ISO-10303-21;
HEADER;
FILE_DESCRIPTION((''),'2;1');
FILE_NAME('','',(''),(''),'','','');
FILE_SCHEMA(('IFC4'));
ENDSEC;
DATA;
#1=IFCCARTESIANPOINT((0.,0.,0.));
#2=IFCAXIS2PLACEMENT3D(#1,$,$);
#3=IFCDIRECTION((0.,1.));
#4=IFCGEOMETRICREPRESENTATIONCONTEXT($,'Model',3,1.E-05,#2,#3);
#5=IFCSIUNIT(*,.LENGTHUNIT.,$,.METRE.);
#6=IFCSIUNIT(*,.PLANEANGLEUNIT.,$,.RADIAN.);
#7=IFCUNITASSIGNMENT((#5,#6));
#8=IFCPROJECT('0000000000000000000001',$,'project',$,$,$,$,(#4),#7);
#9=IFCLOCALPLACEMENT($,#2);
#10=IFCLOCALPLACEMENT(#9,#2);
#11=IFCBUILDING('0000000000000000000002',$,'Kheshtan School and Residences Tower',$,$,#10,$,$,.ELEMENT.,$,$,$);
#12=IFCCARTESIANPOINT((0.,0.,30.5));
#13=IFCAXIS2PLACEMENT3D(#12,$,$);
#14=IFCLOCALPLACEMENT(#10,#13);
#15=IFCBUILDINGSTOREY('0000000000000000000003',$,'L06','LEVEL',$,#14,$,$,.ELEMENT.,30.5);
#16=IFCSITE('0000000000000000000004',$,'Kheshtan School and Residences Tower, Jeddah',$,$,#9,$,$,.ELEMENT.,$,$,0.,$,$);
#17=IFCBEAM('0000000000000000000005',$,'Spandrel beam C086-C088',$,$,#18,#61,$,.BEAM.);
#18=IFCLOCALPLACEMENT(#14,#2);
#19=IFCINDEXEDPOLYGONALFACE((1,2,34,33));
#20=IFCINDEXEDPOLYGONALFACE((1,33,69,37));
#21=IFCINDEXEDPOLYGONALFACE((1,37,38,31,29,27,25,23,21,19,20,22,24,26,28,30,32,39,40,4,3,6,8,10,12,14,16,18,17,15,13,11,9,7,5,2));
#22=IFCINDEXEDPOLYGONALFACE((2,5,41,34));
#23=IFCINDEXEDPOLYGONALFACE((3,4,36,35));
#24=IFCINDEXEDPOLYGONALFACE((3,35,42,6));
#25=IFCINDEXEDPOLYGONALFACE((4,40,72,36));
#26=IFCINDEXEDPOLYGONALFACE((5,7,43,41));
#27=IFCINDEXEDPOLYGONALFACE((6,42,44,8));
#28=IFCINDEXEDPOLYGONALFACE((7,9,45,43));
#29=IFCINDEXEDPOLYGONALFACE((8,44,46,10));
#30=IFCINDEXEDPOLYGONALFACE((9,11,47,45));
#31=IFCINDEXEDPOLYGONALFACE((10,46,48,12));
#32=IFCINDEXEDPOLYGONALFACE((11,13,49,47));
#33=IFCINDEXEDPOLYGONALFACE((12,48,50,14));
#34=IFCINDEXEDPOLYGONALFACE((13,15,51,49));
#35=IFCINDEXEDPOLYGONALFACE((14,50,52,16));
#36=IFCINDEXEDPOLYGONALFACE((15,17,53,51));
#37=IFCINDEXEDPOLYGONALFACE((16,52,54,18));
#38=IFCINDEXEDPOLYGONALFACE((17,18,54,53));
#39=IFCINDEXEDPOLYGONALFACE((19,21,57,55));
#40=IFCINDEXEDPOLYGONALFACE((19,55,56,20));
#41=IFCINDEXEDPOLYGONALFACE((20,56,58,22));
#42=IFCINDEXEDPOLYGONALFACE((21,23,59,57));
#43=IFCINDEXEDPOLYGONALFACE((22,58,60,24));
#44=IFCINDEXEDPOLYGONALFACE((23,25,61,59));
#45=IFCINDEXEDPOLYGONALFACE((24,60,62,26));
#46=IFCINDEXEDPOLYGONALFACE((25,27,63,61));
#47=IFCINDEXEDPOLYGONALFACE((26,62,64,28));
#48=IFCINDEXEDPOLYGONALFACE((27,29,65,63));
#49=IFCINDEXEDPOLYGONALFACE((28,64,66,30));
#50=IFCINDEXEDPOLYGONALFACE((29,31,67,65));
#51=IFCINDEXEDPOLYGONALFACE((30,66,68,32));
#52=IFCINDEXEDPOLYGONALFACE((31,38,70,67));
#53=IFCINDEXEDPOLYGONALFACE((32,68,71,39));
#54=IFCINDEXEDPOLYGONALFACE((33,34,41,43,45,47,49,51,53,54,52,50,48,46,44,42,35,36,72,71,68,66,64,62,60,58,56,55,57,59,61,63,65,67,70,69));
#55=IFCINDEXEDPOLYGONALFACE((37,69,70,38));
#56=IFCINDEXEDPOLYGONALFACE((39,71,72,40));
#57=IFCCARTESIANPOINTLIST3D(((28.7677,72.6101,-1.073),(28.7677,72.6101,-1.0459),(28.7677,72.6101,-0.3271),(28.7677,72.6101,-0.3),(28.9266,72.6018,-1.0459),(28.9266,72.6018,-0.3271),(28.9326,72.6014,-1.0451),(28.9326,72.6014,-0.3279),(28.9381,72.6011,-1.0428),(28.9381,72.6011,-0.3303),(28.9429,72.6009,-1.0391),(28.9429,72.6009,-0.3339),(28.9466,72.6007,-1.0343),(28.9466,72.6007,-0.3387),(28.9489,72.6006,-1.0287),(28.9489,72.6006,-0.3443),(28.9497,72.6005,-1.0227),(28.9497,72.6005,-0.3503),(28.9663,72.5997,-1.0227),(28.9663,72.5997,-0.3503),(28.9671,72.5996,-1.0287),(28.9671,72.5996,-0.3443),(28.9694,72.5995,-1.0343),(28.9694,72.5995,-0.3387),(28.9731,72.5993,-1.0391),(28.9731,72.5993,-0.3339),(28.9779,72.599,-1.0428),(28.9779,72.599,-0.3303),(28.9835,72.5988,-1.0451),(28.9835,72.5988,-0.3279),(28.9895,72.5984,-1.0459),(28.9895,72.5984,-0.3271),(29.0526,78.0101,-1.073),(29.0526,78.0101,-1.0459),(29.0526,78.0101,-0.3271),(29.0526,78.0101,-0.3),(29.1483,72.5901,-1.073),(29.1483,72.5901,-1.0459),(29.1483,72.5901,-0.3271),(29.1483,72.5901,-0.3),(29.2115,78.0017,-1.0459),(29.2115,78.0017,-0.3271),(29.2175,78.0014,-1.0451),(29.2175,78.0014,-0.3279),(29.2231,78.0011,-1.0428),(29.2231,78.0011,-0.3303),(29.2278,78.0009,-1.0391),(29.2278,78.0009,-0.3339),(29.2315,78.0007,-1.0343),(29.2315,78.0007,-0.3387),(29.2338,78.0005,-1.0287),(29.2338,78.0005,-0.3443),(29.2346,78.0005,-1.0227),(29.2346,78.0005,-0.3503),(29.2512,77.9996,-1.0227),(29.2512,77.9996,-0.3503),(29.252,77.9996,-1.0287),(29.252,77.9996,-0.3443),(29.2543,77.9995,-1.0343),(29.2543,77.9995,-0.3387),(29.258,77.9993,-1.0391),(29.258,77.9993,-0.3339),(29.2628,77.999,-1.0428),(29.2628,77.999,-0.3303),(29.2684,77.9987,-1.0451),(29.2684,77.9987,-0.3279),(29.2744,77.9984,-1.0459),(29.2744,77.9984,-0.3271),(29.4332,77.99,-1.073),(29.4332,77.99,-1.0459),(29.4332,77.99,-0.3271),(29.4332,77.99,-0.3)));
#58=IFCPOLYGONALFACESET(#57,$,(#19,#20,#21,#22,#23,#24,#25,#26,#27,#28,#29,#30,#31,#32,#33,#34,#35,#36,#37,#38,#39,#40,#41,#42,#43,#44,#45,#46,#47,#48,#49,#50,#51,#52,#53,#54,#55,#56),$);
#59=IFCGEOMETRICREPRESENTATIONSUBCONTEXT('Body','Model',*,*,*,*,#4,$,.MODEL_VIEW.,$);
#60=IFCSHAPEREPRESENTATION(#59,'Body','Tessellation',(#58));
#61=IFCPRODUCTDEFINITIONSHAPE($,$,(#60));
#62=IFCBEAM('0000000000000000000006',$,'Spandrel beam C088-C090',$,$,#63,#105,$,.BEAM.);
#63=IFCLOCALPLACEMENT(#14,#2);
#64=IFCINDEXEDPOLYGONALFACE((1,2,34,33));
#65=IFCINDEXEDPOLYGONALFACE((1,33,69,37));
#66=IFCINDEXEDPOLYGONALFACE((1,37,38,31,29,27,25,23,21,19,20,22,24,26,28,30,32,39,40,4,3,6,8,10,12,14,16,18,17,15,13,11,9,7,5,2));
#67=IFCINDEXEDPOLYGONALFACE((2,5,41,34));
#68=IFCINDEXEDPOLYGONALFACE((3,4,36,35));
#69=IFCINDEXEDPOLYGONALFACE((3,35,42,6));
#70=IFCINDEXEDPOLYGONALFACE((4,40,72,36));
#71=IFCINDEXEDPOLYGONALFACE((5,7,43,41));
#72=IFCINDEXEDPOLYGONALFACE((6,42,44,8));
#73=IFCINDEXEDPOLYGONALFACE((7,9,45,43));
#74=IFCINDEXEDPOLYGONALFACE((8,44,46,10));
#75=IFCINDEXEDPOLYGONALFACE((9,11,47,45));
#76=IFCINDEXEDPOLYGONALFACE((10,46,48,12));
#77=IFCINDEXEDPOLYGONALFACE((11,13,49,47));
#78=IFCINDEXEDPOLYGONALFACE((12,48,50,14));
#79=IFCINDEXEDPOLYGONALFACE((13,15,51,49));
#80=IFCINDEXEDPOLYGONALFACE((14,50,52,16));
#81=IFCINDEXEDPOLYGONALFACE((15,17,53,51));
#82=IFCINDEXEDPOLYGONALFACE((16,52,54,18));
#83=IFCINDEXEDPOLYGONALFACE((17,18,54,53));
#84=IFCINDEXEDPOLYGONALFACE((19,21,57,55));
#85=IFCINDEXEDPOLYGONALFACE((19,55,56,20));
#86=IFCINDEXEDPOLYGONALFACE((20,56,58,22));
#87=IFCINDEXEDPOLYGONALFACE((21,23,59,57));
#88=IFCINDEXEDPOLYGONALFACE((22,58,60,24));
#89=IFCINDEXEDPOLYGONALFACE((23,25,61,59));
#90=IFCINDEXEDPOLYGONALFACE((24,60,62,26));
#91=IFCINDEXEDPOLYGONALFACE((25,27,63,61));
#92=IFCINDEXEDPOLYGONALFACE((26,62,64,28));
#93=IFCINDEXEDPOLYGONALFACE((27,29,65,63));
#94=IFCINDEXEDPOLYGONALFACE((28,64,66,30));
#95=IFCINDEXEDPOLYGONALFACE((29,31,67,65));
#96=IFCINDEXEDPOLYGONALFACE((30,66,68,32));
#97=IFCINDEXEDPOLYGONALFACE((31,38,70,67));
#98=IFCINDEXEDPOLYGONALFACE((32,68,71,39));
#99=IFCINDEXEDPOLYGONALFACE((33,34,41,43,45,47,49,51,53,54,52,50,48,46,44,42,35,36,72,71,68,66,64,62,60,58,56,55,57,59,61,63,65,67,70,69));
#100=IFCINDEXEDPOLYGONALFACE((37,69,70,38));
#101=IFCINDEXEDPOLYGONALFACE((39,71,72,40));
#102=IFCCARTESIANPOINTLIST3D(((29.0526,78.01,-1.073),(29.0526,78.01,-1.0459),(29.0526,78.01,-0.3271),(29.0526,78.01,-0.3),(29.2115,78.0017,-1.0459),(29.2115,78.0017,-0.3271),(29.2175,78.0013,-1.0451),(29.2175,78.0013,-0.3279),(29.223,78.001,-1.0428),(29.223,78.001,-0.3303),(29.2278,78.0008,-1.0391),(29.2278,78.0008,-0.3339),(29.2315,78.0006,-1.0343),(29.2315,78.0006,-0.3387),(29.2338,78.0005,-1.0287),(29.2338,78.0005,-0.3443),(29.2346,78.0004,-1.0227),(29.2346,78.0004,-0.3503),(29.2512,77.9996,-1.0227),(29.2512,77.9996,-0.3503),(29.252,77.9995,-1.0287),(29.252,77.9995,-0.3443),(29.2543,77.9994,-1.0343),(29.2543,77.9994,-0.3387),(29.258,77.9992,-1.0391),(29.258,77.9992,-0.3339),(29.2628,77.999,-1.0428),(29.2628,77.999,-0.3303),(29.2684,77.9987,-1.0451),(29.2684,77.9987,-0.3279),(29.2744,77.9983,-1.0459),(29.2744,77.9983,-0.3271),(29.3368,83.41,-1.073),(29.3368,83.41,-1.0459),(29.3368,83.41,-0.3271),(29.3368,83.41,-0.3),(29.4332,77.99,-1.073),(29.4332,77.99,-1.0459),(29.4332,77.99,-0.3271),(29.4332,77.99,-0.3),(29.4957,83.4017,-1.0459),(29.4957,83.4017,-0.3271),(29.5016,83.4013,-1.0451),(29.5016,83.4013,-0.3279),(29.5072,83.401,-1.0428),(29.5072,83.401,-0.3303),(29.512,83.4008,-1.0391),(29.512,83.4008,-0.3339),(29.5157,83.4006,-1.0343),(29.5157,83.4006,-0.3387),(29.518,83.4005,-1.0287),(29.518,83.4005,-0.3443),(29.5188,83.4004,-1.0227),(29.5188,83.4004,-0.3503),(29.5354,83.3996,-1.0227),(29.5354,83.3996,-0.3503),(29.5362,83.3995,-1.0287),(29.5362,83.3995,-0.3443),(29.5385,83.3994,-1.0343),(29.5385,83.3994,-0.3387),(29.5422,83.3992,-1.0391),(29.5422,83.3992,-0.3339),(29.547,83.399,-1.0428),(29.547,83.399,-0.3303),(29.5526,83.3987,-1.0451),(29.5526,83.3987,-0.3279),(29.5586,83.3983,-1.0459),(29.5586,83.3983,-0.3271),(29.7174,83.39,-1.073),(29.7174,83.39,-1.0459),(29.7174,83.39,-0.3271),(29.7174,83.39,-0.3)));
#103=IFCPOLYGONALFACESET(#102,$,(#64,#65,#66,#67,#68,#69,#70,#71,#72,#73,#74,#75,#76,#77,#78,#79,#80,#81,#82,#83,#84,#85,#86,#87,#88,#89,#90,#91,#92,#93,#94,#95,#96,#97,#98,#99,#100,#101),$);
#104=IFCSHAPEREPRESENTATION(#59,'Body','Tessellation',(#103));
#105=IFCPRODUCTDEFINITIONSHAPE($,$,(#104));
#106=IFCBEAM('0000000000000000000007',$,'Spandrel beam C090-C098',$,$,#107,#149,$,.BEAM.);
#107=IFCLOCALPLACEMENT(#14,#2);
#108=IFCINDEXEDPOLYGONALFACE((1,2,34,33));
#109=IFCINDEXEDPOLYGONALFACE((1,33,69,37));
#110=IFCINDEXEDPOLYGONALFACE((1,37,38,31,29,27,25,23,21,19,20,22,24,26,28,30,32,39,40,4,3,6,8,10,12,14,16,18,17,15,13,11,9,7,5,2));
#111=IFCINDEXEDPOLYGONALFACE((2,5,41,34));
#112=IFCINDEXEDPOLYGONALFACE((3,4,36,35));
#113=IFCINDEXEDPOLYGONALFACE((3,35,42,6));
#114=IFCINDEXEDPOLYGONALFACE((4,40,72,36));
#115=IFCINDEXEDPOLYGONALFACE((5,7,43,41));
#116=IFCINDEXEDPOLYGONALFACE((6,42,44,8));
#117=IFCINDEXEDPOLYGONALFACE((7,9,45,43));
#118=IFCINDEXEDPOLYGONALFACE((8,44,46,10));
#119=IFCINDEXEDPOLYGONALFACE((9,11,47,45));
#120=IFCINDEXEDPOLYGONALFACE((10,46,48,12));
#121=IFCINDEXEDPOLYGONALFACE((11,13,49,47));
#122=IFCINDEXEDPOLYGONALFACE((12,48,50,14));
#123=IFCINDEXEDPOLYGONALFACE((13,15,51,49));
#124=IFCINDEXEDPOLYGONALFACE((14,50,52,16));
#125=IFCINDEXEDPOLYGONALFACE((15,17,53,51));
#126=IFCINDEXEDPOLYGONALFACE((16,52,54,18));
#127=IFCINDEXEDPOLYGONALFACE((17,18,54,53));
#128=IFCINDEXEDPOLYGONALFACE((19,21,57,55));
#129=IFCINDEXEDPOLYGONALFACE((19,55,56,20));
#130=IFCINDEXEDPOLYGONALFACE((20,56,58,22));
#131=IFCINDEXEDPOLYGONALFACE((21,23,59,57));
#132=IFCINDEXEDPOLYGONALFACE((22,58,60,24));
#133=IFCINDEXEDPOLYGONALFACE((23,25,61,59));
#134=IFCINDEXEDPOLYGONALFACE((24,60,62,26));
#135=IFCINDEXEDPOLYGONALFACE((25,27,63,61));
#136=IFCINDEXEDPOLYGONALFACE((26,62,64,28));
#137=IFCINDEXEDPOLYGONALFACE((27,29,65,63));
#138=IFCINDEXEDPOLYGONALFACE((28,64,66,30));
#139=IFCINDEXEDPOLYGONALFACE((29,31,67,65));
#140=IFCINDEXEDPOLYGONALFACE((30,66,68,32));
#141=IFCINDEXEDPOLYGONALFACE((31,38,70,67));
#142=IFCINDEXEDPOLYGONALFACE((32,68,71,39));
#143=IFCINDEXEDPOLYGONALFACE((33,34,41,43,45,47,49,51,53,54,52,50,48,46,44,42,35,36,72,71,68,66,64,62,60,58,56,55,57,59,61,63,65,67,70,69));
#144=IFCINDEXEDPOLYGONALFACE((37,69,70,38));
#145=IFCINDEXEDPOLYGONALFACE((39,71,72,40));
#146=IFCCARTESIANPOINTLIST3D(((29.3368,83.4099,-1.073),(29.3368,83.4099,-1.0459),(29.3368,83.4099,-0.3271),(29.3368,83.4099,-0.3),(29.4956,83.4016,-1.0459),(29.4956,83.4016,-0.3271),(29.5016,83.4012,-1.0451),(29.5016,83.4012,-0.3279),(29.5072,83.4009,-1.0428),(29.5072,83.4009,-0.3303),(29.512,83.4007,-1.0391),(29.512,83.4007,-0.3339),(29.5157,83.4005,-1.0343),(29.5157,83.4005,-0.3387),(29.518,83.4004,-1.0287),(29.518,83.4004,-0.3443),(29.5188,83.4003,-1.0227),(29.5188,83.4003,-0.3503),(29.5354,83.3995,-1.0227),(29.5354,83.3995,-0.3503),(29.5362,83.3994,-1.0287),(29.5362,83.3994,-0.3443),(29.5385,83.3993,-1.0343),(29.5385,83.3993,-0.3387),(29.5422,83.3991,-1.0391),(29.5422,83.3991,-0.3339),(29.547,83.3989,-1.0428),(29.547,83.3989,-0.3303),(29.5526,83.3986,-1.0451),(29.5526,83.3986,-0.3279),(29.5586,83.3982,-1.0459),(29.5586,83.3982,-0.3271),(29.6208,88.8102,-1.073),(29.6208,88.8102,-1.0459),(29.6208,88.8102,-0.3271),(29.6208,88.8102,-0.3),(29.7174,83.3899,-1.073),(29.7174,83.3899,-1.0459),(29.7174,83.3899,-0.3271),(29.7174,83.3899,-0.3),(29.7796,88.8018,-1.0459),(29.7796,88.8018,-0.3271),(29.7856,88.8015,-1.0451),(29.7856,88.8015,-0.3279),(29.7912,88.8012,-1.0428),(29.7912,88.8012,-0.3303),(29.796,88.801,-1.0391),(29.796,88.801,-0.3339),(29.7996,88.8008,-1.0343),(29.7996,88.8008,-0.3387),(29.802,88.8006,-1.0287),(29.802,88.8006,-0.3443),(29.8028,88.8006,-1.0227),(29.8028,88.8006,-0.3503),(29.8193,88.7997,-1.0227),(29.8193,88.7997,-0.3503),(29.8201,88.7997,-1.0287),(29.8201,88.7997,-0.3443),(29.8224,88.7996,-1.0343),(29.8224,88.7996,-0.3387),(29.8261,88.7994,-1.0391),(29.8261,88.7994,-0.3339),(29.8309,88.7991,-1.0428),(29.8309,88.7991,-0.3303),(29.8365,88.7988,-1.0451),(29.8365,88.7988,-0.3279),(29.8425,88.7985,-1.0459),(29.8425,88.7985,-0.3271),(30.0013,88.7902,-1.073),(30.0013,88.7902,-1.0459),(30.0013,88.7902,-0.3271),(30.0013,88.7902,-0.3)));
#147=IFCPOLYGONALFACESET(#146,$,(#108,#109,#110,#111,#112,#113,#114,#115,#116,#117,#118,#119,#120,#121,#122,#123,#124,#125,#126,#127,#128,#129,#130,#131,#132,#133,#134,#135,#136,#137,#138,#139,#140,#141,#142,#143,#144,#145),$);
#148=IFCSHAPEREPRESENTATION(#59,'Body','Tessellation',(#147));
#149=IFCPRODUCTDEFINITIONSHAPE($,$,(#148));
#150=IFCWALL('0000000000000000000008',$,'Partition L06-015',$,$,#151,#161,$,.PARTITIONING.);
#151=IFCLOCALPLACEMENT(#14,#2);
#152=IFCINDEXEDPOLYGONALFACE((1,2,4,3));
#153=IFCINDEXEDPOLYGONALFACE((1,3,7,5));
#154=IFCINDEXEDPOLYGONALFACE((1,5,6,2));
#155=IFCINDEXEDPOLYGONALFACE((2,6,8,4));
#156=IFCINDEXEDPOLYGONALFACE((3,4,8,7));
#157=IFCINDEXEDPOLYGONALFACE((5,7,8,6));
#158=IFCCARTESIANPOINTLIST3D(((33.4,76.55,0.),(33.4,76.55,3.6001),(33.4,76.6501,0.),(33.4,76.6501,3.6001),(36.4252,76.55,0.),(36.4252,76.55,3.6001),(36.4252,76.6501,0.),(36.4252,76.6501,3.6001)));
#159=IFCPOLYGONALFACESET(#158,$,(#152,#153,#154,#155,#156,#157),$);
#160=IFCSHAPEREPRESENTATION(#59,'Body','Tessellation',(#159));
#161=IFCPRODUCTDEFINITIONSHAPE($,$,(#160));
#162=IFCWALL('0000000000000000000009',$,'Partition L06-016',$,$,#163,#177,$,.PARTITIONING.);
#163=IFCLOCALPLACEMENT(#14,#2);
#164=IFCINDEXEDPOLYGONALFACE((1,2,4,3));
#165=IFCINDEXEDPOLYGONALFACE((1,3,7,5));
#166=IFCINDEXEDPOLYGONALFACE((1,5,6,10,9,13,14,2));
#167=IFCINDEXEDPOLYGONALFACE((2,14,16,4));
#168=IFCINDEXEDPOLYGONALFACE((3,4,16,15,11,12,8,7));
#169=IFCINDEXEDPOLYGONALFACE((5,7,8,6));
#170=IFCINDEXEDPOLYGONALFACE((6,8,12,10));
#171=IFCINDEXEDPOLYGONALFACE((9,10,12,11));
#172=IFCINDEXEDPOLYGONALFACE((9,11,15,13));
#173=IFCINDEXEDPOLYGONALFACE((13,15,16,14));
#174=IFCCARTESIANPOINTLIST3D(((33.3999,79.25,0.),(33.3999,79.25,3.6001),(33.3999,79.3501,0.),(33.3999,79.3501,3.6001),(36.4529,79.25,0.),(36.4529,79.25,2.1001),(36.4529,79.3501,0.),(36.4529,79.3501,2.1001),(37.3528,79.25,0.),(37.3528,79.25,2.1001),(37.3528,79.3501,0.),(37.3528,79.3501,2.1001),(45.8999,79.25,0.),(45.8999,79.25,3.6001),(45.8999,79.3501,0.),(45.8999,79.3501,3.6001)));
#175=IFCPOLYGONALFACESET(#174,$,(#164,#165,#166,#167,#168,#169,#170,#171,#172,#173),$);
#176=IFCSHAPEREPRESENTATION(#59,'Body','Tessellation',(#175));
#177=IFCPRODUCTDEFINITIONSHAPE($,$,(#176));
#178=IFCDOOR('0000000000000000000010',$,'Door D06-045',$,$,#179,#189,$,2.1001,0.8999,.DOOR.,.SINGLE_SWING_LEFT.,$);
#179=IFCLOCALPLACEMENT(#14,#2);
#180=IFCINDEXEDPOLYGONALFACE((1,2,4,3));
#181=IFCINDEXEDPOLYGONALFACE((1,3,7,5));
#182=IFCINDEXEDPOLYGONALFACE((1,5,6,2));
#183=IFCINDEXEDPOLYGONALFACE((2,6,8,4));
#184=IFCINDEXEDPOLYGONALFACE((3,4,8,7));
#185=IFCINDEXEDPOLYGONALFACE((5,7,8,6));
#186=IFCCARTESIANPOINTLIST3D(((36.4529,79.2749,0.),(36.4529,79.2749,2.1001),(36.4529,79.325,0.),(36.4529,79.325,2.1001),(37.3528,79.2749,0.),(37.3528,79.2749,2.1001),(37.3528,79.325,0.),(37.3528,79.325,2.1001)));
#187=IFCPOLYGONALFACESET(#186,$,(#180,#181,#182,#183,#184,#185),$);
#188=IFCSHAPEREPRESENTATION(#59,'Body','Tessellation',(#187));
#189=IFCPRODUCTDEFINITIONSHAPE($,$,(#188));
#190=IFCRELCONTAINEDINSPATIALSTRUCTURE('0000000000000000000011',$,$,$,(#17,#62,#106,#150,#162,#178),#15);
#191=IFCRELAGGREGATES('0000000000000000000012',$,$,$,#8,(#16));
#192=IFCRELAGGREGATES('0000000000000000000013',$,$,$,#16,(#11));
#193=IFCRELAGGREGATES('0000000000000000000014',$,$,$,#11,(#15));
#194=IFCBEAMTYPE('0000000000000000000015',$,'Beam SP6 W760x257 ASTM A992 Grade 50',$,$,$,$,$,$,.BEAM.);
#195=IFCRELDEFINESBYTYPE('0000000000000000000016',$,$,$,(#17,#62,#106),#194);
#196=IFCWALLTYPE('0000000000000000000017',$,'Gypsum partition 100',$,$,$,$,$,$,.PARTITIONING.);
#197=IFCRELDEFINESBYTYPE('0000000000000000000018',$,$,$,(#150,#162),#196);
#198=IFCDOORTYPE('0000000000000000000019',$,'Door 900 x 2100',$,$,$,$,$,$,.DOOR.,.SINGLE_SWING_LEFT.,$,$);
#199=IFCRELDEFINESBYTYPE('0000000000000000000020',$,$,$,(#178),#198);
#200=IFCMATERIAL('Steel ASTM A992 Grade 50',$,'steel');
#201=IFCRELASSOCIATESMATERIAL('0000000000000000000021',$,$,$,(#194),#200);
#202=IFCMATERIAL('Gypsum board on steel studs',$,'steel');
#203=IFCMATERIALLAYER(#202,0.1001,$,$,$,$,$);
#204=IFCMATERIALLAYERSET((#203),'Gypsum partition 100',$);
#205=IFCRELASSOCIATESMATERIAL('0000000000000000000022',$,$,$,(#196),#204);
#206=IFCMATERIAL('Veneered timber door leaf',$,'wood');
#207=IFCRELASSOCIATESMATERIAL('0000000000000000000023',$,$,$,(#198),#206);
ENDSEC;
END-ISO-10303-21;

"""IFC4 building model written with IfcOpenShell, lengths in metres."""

from ifc_helpers import new_model, si_unit, direction, frame, frame_2d, origin, origin_2d, place, context, subcontext, project, spatial, rectangle, i_section, extrude, source, transform, mapped, material, layer, layer_set, material_profile, profile_set, type_object, element, fill, save


model = new_model("IFC4")

# Units and contexts
model_context = context("Model", 3, precision=1e-05, world=origin(), true_north=direction((0.0, 1.0)))
body_context = subcontext(model_context, "Body", "Model", "MODEL_VIEW")
ifc_project = project(units=[si_unit("LENGTHUNIT", "METRE"), si_unit("PLANEANGLEUNIT", "RADIAN")], contexts=[model_context])

# Site, building, storey
site_placement = place(None, origin())
site = spatial("IfcSite", under=ifc_project, at=site_placement, Name="Kheshtan School and Residences Tower, Jeddah", CompositionType="ELEMENT", RefElevation=0.0)
building_placement = place(site_placement, origin())
building = spatial("IfcBuilding", under=site, at=building_placement, Name="Kheshtan School and Residences Tower", CompositionType="ELEMENT")
storey_placement = place(building_placement, frame((0.0, 0.0, 30.5)))
storey = spatial("IfcBuildingStorey", under=building, at=storey_placement, Name="L06", Description="LEVEL", CompositionType="ELEMENT", Elevation=30.5)

# Shared definitions
ifc_material_1 = material(Name="Steel ASTM A992 Grade 50", Category="steel")

# Beams
ifc_material_profile_1 = material_profile(ifc_material_1, i_section(OverallWidth=0.3811, OverallDepth=0.7729, WebThickness=0.0166, FlangeThickness=0.0271, FilletRadius=0.0232, at=origin_2d()), Name="W760x257")
ifc_profile_set_1 = profile_set([ifc_material_profile_1], Name="Steel ASTM A992 Grade 50")
beam_type_1 = type_object("IfcBeamType", Name="Beam SP6 W760x257 ASTM A992 Grade 50", PredefinedType="BEAM", material=ifc_profile_set_1)
for number, where, z_axis, x_axis, name in (
    (1, (28.958, 72.6001, -0.6865), (0.052689, 0.998611, 0.0), (-0.998611, 0.052689, 0.0), "Spandrel beam C086-C088"),
    (2, (29.2429, 78.0, -0.6865), (0.052554, 0.998618, 0.0), (-0.998618, 0.052554, 0.0), "Spandrel beam C088-C090"),
):
    element("IfcBeam", number, at=place(storey_placement, frame(where, z_axis=z_axis, x_axis=x_axis)), inside=storey, type_object=beam_type_1, Name=name, PredefinedType="BEAM", context=body_context, shape_type="SweptSolid", body=[
        extrude(i_section(OverallWidth=0.3811, OverallDepth=0.7729, WebThickness=0.0166, FlangeThickness=0.0271, FilletRadius=0.0232, at=origin_2d()), origin(), (0.0, 0.0, 1.0), 5.4075),
    ])
beam_1_placement = place(storey_placement, frame((29.5271, 83.3999, -0.6865), z_axis=(0.052507, 0.998621, 0.0), x_axis=(-0.998621, 0.052507, 0.0)))
element("IfcBeam", 3, at=beam_1_placement, inside=storey, type_object=beam_type_1, Name="Spandrel beam C090-C098", PredefinedType="BEAM", context=body_context, shape_type="SweptSolid", body=[
    extrude(i_section(OverallWidth=0.3811, OverallDepth=0.7729, WebThickness=0.0166, FlangeThickness=0.0271, FilletRadius=0.0232, at=origin_2d()), origin(), (0.0, 0.0, 1.0), 5.4077),
])

# Wall
ifc_material_2 = material(Name="Gypsum board on steel studs", Category="steel")
ifc_layer_1 = layer(ifc_material_2, 0.1001)
ifc_layer_set_1 = layer_set([ifc_layer_1], Name="Gypsum partition 100")
wall_type_1 = type_object("IfcWallType", Name="Gypsum partition 100", PredefinedType="PARTITIONING", material=ifc_layer_set_1)
wall_1_placement = place(storey_placement, frame((33.3999, 76.6001, 0.0), z_axis=(0.0, 0.0, 1.0), x_axis=(1.0, 0.0, 0.0)))
element("IfcWall", 4, at=wall_1_placement, inside=storey, type_object=wall_type_1, Name="Partition L06-015", PredefinedType="PARTITIONING", context=body_context, shape_type="SweptSolid", body=[
    extrude(rectangle(XDim=3.0251, YDim=0.1001, at=frame_2d((1.5127, 0.0))), origin(), (0.0, 0.0, 1.0), 3.6001),
])

# Wall, opening, door
wall_2_placement = place(storey_placement, frame((33.3999, 79.3, 0.0), z_axis=(0.0, 0.0, 1.0), x_axis=(1.0, 0.0, 0.0)))
wall_2 = element("IfcWall", 5, at=wall_2_placement, inside=storey, type_object=wall_type_1, Name="Partition L06-016", PredefinedType="PARTITIONING", context=body_context, shape_type="SweptSolid", body=[
    extrude(rectangle(XDim=12.5, YDim=0.1001, at=frame_2d((6.25, 0.0))), origin(), (0.0, 0.0, 1.0), 3.6001),
])
opening_1_placement = place(wall_2_placement, frame((3.053, 0.0, 0.0)))
opening_1 = element("IfcOpeningElement", 6, at=opening_1_placement, cuts=wall_2, PredefinedType="OPENING", context=body_context, shape_type="SweptSolid", body=[
    extrude(rectangle(XDim=0.8999, YDim=2.1001, at=frame_2d((0.45, 1.05))), frame((0.0, 0.0601, 0.0), z_axis=(0.0, -1.0, 0.0), x_axis=(1.0, 0.0, 0.0)), (0.0, 0.0, 1.0), 0.1201),
])
ifc_material_3 = material(Name="Veneered timber door leaf", Category="wood")
door_type_1 = type_object("IfcDoorType", Name="Door 900 x 2100", OperationType="SINGLE_SWING_LEFT", PredefinedType="DOOR", material=ifc_material_3)
shared_shape_1 = source(origin(), body_context, "Body", "SweptSolid", [
    extrude(rectangle(XDim=0.8999, YDim=2.1001, at=frame_2d((0.45, 1.05))), frame((0.0, 0.0249, 0.0), z_axis=(0.0, -1.0, 0.0), x_axis=(1.0, 0.0, 0.0)), (0.0, 0.0, 1.0), 0.05),
])
door_1_placement = place(opening_1_placement, origin())
door_1 = element("IfcDoor", 7, at=door_1_placement, inside=storey, type_object=door_type_1, Name="Door D06-045", OperationType="SINGLE_SWING_LEFT", OverallHeight=2.1001, OverallWidth=0.8999, PredefinedType="DOOR", context=body_context, shape_type="MappedRepresentation", body=[
    mapped(shared_shape_1, transform((0.0, 0.0, 0.0), x_axis=(1.0, 0.0, 0.0), y_axis=(0.0, 1.0, 0.0), z_axis=(0.0, 0.0, 1.0), scale=1.0)),
])
fill(opening_1, door_1)

save(model, "model.ifc")
